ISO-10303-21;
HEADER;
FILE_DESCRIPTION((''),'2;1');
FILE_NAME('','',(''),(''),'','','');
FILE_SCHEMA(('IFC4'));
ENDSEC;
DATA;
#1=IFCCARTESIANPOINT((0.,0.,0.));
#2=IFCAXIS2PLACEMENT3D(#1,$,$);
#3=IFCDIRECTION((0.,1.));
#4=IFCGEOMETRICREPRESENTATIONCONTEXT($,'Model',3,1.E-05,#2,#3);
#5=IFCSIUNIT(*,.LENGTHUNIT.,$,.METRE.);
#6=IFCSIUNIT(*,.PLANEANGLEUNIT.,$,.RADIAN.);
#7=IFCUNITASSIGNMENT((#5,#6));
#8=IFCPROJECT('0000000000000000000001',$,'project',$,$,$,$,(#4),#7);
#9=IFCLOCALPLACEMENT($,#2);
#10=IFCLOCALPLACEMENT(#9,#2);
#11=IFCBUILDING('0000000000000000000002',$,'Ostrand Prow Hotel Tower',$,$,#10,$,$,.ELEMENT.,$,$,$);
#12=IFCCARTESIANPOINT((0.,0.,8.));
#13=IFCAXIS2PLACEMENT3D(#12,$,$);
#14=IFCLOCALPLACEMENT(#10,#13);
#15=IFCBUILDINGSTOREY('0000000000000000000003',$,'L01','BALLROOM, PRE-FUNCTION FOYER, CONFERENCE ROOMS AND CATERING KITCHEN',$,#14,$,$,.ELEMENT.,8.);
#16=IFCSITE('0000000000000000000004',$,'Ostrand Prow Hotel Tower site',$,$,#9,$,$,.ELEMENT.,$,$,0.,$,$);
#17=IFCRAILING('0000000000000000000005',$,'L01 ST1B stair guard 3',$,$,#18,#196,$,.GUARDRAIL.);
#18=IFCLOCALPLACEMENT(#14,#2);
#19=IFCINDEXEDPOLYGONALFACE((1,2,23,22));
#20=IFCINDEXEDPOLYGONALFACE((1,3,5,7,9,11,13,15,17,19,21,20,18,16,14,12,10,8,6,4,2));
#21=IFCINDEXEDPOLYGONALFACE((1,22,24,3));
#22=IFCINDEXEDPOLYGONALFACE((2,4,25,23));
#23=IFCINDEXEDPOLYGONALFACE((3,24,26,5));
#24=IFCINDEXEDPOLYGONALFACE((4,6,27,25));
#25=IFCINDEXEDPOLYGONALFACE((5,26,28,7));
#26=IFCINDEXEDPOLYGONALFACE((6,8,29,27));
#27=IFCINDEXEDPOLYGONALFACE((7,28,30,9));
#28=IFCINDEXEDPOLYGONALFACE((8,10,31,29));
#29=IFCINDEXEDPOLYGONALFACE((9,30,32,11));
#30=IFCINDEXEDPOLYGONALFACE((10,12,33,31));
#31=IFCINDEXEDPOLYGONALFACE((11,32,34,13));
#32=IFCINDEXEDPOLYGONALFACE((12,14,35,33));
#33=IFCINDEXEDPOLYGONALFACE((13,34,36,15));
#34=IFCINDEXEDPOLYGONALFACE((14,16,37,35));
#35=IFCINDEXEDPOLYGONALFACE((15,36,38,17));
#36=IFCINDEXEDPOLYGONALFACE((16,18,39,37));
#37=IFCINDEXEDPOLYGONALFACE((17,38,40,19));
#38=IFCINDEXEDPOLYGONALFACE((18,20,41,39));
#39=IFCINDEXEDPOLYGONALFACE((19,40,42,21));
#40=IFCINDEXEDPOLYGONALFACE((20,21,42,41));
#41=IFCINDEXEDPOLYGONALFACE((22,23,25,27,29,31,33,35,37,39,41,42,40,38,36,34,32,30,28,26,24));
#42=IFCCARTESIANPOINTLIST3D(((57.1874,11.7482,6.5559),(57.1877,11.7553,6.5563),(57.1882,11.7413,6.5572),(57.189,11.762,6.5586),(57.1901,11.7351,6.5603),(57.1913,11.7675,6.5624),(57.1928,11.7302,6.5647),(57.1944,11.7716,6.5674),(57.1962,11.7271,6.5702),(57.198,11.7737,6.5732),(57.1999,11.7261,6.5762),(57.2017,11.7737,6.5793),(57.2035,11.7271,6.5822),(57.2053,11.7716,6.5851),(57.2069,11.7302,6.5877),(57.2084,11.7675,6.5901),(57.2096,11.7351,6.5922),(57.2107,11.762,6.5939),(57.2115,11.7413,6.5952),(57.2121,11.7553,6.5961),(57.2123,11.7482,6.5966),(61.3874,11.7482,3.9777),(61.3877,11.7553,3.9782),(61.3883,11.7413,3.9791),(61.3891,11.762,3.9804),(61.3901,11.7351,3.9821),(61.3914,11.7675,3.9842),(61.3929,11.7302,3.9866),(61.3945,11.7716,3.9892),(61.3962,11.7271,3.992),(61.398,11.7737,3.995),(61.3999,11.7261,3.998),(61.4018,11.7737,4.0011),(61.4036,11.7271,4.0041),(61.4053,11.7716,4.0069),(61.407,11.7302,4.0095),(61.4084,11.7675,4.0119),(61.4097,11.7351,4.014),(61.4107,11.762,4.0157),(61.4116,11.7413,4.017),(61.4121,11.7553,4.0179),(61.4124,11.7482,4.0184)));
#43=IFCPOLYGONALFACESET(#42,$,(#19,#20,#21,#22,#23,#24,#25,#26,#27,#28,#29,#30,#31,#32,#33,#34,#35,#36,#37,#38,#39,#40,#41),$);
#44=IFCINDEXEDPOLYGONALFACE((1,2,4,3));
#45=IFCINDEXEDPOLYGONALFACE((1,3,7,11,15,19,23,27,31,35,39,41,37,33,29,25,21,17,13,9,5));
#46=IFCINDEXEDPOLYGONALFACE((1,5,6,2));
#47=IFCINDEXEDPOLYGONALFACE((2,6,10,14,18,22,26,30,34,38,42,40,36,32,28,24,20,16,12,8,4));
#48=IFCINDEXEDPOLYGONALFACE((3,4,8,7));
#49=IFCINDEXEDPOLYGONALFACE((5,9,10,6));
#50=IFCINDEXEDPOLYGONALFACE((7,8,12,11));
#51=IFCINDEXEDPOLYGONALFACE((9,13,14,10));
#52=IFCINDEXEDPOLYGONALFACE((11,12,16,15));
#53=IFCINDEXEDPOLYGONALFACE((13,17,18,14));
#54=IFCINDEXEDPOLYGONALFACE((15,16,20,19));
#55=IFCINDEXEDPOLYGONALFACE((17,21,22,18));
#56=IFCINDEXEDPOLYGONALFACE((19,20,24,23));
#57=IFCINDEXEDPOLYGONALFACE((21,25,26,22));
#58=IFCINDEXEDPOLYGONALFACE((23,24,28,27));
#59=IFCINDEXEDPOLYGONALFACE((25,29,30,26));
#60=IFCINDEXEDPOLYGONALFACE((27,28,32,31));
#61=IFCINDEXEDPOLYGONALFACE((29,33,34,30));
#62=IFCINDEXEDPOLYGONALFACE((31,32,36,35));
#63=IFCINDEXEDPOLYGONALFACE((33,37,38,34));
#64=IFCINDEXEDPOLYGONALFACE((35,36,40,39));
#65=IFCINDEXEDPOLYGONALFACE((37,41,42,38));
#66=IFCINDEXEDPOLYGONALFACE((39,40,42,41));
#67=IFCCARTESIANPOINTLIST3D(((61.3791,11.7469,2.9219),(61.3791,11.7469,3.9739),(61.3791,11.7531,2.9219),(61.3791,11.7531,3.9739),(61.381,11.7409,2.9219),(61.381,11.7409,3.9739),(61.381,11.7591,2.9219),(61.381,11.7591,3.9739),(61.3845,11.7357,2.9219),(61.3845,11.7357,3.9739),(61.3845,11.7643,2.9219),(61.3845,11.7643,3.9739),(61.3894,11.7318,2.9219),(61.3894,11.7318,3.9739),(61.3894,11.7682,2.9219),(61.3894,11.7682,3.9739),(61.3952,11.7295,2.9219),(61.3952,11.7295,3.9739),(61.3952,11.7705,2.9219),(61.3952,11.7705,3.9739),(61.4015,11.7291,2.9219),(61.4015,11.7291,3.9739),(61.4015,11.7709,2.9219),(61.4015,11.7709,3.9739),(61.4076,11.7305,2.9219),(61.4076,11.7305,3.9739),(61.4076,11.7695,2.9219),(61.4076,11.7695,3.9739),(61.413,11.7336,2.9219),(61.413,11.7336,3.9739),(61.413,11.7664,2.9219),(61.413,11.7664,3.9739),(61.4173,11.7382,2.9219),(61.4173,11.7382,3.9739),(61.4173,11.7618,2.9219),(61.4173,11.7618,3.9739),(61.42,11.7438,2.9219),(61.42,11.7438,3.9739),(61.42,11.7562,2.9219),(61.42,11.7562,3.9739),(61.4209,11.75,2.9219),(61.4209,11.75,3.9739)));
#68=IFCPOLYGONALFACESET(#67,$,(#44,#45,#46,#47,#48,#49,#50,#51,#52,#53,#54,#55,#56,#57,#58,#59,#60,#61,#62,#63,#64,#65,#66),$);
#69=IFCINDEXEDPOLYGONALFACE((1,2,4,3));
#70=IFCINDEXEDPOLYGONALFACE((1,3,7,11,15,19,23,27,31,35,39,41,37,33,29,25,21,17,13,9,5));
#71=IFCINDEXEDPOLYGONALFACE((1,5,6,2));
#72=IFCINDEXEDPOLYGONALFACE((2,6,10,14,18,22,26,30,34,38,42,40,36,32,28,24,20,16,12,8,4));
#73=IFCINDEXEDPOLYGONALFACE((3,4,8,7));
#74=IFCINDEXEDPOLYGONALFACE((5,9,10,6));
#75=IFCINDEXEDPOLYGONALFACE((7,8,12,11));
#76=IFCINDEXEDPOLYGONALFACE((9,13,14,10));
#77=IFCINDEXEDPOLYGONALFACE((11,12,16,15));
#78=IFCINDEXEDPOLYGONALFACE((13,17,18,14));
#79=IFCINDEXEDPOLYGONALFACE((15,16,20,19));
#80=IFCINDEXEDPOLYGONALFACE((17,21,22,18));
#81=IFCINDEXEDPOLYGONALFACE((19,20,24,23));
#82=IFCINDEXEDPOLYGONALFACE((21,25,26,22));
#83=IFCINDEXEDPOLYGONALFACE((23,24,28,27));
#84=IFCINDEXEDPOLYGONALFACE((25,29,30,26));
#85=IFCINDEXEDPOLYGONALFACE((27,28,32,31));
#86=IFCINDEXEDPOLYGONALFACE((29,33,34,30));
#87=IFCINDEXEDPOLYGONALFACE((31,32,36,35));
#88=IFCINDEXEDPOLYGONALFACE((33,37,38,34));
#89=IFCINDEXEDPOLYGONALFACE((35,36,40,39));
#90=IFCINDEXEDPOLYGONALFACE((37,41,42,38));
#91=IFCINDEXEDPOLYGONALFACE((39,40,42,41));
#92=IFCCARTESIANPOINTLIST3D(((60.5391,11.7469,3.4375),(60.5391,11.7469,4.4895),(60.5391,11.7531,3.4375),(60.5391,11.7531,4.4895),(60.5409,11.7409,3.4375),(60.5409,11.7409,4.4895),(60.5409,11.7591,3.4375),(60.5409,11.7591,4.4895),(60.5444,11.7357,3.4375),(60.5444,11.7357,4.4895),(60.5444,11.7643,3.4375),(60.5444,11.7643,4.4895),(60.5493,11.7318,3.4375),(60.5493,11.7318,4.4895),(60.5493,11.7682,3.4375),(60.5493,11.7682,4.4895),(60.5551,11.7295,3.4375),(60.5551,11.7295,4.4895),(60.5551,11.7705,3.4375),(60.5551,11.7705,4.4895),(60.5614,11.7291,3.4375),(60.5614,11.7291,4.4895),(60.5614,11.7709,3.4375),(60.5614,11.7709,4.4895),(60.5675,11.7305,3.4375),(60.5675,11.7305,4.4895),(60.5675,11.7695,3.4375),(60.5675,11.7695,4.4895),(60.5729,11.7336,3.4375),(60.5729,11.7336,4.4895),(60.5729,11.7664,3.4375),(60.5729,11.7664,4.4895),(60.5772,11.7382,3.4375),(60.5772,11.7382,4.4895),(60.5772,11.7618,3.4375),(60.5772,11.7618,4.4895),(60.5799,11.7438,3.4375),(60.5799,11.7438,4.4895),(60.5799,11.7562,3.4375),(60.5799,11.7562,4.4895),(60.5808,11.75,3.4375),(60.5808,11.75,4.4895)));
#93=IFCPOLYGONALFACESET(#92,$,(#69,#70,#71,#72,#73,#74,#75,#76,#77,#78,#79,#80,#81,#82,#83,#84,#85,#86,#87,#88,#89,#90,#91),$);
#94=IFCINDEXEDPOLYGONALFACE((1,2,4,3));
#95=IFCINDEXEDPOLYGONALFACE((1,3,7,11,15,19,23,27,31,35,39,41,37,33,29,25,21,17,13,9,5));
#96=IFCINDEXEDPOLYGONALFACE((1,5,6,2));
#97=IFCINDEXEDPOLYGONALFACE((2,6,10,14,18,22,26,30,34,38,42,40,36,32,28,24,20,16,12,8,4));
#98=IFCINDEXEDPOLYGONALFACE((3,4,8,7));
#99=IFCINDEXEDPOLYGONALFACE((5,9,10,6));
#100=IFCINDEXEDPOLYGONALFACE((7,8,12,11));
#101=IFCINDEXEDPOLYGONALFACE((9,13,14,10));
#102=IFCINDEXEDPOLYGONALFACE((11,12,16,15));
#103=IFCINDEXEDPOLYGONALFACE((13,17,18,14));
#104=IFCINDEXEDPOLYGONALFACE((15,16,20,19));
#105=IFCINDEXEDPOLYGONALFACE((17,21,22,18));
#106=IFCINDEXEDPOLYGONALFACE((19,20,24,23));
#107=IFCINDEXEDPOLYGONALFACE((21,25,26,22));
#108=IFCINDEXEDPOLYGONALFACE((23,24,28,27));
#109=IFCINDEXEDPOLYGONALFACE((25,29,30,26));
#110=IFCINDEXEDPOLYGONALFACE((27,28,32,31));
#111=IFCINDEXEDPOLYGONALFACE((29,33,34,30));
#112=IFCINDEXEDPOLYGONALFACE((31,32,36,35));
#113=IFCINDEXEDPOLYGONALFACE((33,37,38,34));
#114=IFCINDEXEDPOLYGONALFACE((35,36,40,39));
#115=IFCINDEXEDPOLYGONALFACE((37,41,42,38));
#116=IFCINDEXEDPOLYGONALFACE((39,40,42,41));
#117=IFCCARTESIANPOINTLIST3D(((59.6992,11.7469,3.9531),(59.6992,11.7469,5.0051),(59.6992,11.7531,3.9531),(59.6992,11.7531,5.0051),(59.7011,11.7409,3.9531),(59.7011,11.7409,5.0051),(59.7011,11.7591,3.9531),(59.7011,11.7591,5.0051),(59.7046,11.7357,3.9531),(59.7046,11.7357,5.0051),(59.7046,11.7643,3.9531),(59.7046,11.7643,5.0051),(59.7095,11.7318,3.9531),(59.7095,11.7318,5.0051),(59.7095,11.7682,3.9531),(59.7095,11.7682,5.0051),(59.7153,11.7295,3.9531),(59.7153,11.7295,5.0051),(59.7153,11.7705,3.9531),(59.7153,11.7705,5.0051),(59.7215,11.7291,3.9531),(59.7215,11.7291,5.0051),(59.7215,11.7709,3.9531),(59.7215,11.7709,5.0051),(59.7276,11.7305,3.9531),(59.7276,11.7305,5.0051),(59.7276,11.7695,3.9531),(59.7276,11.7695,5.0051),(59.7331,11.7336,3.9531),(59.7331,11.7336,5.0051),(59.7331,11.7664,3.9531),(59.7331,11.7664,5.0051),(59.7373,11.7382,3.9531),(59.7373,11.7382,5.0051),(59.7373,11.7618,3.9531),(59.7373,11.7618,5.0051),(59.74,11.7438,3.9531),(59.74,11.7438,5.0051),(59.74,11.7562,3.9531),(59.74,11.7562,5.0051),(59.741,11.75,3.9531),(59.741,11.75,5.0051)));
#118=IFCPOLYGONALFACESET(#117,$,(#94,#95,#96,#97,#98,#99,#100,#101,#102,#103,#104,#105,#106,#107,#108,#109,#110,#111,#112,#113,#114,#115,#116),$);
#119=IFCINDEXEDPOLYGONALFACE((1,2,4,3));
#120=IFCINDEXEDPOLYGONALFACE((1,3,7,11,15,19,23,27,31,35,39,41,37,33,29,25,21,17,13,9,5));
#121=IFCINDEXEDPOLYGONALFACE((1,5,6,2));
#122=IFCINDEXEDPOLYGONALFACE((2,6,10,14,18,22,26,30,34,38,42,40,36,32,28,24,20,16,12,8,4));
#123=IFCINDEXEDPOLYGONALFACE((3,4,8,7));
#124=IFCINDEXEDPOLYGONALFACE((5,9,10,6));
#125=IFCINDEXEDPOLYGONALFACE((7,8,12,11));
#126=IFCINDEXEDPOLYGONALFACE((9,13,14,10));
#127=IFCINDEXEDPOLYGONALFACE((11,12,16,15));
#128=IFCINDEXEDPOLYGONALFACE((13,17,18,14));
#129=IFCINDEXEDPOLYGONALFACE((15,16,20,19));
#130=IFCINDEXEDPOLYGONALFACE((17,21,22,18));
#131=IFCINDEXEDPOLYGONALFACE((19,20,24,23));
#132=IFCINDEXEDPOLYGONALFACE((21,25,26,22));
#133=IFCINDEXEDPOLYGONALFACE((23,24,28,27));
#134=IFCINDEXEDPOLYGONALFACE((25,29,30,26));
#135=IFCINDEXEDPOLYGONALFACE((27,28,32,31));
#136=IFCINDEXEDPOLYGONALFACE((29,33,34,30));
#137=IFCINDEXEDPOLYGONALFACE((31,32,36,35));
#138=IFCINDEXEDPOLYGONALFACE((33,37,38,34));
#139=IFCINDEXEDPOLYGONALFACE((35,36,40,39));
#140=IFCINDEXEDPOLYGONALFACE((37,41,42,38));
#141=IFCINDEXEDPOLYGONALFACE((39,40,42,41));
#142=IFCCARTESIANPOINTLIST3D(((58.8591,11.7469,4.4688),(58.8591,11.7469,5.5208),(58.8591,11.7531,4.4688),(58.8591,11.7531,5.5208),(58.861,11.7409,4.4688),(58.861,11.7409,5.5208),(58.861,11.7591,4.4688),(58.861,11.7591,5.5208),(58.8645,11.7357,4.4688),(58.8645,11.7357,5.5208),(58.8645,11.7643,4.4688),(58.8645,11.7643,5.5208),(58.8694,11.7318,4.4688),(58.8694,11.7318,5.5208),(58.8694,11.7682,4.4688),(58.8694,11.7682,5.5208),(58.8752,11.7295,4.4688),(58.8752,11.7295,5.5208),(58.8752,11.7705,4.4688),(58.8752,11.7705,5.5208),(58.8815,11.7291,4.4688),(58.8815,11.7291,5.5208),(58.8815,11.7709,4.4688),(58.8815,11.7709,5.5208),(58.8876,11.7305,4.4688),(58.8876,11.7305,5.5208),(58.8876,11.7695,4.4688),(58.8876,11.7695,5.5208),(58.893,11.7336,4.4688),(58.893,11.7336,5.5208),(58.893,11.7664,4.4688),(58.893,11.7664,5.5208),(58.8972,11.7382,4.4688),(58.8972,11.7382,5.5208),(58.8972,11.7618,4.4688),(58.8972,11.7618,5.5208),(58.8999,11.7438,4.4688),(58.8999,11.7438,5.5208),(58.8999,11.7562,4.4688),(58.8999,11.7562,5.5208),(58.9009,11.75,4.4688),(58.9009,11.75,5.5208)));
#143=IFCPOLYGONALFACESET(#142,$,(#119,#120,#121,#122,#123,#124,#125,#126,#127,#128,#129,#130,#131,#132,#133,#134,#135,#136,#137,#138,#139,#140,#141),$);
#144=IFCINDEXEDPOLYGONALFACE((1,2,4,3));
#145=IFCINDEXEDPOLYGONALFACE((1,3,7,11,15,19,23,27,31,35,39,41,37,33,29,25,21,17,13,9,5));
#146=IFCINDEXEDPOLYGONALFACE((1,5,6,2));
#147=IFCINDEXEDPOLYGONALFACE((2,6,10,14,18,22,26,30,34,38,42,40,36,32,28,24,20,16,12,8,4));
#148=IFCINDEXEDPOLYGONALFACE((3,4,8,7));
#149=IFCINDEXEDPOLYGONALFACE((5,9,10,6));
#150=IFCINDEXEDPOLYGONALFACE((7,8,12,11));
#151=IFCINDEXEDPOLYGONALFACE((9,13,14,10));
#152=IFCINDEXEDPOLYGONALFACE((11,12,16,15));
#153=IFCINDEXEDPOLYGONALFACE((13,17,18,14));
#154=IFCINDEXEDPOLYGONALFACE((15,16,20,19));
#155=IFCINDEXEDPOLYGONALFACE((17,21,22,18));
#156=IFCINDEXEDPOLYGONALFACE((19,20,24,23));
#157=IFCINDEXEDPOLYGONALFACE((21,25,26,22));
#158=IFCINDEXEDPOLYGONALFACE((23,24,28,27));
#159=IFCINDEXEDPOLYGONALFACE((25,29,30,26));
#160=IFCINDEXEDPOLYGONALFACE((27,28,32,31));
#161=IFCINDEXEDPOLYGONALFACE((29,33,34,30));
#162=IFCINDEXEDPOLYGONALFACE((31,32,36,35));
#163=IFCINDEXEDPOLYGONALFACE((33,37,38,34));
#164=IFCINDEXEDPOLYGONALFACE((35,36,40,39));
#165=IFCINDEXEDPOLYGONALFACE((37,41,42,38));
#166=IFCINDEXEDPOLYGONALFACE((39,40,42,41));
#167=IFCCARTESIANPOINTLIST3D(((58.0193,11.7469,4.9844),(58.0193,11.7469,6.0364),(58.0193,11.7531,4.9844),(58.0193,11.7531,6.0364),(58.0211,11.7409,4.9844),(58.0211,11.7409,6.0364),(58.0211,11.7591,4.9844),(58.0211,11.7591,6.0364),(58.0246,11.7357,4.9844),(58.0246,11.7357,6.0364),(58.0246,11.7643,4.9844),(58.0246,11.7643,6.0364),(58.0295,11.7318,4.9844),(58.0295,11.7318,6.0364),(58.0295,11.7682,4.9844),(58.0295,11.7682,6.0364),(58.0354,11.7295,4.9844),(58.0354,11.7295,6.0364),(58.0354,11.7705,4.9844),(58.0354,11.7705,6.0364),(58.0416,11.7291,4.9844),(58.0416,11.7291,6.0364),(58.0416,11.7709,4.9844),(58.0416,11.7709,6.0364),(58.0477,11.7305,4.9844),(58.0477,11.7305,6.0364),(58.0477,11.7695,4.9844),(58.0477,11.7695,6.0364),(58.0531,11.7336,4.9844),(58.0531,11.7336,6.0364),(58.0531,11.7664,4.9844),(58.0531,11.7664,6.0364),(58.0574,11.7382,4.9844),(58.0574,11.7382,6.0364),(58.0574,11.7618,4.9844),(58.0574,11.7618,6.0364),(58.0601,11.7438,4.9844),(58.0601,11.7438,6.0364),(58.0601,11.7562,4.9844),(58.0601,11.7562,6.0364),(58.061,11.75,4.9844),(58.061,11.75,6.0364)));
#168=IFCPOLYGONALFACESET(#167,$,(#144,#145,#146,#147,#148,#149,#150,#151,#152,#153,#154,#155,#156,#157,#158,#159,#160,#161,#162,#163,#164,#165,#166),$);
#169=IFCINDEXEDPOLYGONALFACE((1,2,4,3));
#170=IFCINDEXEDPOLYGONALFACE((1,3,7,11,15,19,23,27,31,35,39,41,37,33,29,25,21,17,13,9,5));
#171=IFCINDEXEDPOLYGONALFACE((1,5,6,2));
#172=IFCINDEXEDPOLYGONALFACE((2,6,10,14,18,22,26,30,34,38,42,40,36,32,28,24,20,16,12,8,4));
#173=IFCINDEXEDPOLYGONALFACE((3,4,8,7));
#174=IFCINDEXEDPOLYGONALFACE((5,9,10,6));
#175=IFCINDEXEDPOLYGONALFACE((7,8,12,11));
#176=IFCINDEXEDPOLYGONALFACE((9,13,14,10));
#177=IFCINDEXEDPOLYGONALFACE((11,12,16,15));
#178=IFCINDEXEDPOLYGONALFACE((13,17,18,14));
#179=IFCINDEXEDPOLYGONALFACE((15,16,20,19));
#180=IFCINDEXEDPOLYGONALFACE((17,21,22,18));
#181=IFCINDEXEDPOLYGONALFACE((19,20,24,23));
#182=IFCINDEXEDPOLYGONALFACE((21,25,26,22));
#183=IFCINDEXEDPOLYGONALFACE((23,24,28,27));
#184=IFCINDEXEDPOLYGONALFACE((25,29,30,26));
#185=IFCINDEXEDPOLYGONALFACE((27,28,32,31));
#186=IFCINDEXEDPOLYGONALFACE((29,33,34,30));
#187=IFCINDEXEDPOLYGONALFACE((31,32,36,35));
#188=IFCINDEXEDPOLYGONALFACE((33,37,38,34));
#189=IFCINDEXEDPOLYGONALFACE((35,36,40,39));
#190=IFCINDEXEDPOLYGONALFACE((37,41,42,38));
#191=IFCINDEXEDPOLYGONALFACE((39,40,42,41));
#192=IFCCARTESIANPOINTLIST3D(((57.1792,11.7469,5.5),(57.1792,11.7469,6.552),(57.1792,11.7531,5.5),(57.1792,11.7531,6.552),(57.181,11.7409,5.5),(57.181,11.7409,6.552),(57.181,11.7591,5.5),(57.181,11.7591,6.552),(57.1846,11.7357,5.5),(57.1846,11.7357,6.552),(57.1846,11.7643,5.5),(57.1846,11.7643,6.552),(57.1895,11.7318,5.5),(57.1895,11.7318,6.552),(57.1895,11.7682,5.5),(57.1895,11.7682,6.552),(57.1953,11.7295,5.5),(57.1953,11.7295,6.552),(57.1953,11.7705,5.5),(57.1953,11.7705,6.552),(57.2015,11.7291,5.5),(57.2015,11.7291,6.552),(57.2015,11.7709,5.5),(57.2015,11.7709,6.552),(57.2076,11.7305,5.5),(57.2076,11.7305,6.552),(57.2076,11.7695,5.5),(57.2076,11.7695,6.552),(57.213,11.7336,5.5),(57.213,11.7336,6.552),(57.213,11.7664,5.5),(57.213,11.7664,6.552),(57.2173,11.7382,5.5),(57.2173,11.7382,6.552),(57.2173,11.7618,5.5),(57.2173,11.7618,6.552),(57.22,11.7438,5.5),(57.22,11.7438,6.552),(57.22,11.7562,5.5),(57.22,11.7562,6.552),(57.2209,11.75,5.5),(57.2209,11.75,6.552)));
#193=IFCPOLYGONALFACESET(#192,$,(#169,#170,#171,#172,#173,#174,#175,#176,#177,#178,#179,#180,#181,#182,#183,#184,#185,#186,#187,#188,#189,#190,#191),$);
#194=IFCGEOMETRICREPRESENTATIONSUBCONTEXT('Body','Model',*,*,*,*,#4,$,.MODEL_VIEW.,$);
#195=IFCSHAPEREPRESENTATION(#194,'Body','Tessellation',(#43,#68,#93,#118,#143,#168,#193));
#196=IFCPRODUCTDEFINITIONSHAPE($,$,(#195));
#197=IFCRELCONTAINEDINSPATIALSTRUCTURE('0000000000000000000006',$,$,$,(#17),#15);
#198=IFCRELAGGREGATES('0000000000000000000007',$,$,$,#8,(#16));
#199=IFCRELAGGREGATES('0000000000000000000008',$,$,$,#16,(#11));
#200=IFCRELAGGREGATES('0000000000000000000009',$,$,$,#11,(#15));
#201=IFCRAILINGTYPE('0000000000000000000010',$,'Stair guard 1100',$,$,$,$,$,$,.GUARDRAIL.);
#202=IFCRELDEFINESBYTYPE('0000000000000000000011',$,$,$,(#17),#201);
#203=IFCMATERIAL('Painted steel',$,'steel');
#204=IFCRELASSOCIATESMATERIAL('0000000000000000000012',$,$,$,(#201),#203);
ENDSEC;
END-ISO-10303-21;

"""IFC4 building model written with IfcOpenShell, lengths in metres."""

from ifc_helpers import new_model, si_unit, direction, frame, origin, origin_2d, place, context, subcontext, project, spatial, circle, extrude, material, type_object, element, save


model = new_model("IFC4")

# Units and contexts
model_context = context("Model", 3, precision=1e-05, world=origin(), true_north=direction((0.0, 1.0)))
body_context = subcontext(model_context, "Body", "Model", "MODEL_VIEW")
ifc_project = project(units=[si_unit("LENGTHUNIT", "METRE"), si_unit("PLANEANGLEUNIT", "RADIAN")], contexts=[model_context])

# Site, building, storey
site_placement = place(None, origin())
site = spatial("IfcSite", under=ifc_project, at=site_placement, Name="Ostrand Prow Hotel Tower site", CompositionType="ELEMENT", RefElevation=0.0)
building_placement = place(site_placement, origin())
building = spatial("IfcBuilding", under=site, at=building_placement, Name="Ostrand Prow Hotel Tower", CompositionType="ELEMENT")
storey_placement = place(building_placement, frame((0.0, 0.0, 8.0)))
storey = spatial("IfcBuildingStorey", under=building, at=storey_placement, Name="L01", Description="BALLROOM, PRE-FUNCTION FOYER, CONFERENCE ROOMS AND CATERING KITCHEN", CompositionType="ELEMENT", Elevation=8.0)

# Railing
ifc_material_1 = material(Name="Painted steel", Category="steel")
railing_type_1 = type_object("IfcRailingType", Name="Stair guard 1100", PredefinedType="GUARDRAIL", material=ifc_material_1)
railing_1_placement = place(storey_placement, frame((61.3999, 11.75, 2.9219)))
element("IfcRailing", 1, at=railing_1_placement, inside=storey, type_object=railing_type_1, Name="L01 ST1B stair guard 3", PredefinedType="GUARDRAIL", context=body_context, shape_type="SweptSolid", body=[
    extrude(circle(Radius=0.0239, at=origin_2d()), frame((0.0, 0.0, 1.0762), z_axis=(-0.852243, 0.0, 0.523146), x_axis=(0.0, -1.0, 0.0)), (0.0, 0.0, 1.0), 4.9282),
    extrude(circle(Radius=0.021, at=origin_2d()), origin(), (0.0, 0.0, 1.0), 1.052),
    extrude(circle(Radius=0.021, at=origin_2d()), frame((-0.8401, 0.0, 0.5156)), (0.0, 0.0, 1.0), 1.052),
    extrude(circle(Radius=0.021, at=origin_2d()), frame((-1.6799, 0.0, 1.0312)), (0.0, 0.0, 1.0), 1.052),
    extrude(circle(Radius=0.021, at=origin_2d()), frame((-2.52, 0.0, 1.5469)), (0.0, 0.0, 1.0), 1.052),
    extrude(circle(Radius=0.021, at=origin_2d()), frame((-3.3599, 0.0, 2.0625)), (0.0, 0.0, 1.0), 1.052),
    extrude(circle(Radius=0.021, at=origin_2d()), frame((-4.2, 0.0, 2.5781)), (0.0, 0.0, 1.0), 1.052),
])

save(model, "model.ifc")
